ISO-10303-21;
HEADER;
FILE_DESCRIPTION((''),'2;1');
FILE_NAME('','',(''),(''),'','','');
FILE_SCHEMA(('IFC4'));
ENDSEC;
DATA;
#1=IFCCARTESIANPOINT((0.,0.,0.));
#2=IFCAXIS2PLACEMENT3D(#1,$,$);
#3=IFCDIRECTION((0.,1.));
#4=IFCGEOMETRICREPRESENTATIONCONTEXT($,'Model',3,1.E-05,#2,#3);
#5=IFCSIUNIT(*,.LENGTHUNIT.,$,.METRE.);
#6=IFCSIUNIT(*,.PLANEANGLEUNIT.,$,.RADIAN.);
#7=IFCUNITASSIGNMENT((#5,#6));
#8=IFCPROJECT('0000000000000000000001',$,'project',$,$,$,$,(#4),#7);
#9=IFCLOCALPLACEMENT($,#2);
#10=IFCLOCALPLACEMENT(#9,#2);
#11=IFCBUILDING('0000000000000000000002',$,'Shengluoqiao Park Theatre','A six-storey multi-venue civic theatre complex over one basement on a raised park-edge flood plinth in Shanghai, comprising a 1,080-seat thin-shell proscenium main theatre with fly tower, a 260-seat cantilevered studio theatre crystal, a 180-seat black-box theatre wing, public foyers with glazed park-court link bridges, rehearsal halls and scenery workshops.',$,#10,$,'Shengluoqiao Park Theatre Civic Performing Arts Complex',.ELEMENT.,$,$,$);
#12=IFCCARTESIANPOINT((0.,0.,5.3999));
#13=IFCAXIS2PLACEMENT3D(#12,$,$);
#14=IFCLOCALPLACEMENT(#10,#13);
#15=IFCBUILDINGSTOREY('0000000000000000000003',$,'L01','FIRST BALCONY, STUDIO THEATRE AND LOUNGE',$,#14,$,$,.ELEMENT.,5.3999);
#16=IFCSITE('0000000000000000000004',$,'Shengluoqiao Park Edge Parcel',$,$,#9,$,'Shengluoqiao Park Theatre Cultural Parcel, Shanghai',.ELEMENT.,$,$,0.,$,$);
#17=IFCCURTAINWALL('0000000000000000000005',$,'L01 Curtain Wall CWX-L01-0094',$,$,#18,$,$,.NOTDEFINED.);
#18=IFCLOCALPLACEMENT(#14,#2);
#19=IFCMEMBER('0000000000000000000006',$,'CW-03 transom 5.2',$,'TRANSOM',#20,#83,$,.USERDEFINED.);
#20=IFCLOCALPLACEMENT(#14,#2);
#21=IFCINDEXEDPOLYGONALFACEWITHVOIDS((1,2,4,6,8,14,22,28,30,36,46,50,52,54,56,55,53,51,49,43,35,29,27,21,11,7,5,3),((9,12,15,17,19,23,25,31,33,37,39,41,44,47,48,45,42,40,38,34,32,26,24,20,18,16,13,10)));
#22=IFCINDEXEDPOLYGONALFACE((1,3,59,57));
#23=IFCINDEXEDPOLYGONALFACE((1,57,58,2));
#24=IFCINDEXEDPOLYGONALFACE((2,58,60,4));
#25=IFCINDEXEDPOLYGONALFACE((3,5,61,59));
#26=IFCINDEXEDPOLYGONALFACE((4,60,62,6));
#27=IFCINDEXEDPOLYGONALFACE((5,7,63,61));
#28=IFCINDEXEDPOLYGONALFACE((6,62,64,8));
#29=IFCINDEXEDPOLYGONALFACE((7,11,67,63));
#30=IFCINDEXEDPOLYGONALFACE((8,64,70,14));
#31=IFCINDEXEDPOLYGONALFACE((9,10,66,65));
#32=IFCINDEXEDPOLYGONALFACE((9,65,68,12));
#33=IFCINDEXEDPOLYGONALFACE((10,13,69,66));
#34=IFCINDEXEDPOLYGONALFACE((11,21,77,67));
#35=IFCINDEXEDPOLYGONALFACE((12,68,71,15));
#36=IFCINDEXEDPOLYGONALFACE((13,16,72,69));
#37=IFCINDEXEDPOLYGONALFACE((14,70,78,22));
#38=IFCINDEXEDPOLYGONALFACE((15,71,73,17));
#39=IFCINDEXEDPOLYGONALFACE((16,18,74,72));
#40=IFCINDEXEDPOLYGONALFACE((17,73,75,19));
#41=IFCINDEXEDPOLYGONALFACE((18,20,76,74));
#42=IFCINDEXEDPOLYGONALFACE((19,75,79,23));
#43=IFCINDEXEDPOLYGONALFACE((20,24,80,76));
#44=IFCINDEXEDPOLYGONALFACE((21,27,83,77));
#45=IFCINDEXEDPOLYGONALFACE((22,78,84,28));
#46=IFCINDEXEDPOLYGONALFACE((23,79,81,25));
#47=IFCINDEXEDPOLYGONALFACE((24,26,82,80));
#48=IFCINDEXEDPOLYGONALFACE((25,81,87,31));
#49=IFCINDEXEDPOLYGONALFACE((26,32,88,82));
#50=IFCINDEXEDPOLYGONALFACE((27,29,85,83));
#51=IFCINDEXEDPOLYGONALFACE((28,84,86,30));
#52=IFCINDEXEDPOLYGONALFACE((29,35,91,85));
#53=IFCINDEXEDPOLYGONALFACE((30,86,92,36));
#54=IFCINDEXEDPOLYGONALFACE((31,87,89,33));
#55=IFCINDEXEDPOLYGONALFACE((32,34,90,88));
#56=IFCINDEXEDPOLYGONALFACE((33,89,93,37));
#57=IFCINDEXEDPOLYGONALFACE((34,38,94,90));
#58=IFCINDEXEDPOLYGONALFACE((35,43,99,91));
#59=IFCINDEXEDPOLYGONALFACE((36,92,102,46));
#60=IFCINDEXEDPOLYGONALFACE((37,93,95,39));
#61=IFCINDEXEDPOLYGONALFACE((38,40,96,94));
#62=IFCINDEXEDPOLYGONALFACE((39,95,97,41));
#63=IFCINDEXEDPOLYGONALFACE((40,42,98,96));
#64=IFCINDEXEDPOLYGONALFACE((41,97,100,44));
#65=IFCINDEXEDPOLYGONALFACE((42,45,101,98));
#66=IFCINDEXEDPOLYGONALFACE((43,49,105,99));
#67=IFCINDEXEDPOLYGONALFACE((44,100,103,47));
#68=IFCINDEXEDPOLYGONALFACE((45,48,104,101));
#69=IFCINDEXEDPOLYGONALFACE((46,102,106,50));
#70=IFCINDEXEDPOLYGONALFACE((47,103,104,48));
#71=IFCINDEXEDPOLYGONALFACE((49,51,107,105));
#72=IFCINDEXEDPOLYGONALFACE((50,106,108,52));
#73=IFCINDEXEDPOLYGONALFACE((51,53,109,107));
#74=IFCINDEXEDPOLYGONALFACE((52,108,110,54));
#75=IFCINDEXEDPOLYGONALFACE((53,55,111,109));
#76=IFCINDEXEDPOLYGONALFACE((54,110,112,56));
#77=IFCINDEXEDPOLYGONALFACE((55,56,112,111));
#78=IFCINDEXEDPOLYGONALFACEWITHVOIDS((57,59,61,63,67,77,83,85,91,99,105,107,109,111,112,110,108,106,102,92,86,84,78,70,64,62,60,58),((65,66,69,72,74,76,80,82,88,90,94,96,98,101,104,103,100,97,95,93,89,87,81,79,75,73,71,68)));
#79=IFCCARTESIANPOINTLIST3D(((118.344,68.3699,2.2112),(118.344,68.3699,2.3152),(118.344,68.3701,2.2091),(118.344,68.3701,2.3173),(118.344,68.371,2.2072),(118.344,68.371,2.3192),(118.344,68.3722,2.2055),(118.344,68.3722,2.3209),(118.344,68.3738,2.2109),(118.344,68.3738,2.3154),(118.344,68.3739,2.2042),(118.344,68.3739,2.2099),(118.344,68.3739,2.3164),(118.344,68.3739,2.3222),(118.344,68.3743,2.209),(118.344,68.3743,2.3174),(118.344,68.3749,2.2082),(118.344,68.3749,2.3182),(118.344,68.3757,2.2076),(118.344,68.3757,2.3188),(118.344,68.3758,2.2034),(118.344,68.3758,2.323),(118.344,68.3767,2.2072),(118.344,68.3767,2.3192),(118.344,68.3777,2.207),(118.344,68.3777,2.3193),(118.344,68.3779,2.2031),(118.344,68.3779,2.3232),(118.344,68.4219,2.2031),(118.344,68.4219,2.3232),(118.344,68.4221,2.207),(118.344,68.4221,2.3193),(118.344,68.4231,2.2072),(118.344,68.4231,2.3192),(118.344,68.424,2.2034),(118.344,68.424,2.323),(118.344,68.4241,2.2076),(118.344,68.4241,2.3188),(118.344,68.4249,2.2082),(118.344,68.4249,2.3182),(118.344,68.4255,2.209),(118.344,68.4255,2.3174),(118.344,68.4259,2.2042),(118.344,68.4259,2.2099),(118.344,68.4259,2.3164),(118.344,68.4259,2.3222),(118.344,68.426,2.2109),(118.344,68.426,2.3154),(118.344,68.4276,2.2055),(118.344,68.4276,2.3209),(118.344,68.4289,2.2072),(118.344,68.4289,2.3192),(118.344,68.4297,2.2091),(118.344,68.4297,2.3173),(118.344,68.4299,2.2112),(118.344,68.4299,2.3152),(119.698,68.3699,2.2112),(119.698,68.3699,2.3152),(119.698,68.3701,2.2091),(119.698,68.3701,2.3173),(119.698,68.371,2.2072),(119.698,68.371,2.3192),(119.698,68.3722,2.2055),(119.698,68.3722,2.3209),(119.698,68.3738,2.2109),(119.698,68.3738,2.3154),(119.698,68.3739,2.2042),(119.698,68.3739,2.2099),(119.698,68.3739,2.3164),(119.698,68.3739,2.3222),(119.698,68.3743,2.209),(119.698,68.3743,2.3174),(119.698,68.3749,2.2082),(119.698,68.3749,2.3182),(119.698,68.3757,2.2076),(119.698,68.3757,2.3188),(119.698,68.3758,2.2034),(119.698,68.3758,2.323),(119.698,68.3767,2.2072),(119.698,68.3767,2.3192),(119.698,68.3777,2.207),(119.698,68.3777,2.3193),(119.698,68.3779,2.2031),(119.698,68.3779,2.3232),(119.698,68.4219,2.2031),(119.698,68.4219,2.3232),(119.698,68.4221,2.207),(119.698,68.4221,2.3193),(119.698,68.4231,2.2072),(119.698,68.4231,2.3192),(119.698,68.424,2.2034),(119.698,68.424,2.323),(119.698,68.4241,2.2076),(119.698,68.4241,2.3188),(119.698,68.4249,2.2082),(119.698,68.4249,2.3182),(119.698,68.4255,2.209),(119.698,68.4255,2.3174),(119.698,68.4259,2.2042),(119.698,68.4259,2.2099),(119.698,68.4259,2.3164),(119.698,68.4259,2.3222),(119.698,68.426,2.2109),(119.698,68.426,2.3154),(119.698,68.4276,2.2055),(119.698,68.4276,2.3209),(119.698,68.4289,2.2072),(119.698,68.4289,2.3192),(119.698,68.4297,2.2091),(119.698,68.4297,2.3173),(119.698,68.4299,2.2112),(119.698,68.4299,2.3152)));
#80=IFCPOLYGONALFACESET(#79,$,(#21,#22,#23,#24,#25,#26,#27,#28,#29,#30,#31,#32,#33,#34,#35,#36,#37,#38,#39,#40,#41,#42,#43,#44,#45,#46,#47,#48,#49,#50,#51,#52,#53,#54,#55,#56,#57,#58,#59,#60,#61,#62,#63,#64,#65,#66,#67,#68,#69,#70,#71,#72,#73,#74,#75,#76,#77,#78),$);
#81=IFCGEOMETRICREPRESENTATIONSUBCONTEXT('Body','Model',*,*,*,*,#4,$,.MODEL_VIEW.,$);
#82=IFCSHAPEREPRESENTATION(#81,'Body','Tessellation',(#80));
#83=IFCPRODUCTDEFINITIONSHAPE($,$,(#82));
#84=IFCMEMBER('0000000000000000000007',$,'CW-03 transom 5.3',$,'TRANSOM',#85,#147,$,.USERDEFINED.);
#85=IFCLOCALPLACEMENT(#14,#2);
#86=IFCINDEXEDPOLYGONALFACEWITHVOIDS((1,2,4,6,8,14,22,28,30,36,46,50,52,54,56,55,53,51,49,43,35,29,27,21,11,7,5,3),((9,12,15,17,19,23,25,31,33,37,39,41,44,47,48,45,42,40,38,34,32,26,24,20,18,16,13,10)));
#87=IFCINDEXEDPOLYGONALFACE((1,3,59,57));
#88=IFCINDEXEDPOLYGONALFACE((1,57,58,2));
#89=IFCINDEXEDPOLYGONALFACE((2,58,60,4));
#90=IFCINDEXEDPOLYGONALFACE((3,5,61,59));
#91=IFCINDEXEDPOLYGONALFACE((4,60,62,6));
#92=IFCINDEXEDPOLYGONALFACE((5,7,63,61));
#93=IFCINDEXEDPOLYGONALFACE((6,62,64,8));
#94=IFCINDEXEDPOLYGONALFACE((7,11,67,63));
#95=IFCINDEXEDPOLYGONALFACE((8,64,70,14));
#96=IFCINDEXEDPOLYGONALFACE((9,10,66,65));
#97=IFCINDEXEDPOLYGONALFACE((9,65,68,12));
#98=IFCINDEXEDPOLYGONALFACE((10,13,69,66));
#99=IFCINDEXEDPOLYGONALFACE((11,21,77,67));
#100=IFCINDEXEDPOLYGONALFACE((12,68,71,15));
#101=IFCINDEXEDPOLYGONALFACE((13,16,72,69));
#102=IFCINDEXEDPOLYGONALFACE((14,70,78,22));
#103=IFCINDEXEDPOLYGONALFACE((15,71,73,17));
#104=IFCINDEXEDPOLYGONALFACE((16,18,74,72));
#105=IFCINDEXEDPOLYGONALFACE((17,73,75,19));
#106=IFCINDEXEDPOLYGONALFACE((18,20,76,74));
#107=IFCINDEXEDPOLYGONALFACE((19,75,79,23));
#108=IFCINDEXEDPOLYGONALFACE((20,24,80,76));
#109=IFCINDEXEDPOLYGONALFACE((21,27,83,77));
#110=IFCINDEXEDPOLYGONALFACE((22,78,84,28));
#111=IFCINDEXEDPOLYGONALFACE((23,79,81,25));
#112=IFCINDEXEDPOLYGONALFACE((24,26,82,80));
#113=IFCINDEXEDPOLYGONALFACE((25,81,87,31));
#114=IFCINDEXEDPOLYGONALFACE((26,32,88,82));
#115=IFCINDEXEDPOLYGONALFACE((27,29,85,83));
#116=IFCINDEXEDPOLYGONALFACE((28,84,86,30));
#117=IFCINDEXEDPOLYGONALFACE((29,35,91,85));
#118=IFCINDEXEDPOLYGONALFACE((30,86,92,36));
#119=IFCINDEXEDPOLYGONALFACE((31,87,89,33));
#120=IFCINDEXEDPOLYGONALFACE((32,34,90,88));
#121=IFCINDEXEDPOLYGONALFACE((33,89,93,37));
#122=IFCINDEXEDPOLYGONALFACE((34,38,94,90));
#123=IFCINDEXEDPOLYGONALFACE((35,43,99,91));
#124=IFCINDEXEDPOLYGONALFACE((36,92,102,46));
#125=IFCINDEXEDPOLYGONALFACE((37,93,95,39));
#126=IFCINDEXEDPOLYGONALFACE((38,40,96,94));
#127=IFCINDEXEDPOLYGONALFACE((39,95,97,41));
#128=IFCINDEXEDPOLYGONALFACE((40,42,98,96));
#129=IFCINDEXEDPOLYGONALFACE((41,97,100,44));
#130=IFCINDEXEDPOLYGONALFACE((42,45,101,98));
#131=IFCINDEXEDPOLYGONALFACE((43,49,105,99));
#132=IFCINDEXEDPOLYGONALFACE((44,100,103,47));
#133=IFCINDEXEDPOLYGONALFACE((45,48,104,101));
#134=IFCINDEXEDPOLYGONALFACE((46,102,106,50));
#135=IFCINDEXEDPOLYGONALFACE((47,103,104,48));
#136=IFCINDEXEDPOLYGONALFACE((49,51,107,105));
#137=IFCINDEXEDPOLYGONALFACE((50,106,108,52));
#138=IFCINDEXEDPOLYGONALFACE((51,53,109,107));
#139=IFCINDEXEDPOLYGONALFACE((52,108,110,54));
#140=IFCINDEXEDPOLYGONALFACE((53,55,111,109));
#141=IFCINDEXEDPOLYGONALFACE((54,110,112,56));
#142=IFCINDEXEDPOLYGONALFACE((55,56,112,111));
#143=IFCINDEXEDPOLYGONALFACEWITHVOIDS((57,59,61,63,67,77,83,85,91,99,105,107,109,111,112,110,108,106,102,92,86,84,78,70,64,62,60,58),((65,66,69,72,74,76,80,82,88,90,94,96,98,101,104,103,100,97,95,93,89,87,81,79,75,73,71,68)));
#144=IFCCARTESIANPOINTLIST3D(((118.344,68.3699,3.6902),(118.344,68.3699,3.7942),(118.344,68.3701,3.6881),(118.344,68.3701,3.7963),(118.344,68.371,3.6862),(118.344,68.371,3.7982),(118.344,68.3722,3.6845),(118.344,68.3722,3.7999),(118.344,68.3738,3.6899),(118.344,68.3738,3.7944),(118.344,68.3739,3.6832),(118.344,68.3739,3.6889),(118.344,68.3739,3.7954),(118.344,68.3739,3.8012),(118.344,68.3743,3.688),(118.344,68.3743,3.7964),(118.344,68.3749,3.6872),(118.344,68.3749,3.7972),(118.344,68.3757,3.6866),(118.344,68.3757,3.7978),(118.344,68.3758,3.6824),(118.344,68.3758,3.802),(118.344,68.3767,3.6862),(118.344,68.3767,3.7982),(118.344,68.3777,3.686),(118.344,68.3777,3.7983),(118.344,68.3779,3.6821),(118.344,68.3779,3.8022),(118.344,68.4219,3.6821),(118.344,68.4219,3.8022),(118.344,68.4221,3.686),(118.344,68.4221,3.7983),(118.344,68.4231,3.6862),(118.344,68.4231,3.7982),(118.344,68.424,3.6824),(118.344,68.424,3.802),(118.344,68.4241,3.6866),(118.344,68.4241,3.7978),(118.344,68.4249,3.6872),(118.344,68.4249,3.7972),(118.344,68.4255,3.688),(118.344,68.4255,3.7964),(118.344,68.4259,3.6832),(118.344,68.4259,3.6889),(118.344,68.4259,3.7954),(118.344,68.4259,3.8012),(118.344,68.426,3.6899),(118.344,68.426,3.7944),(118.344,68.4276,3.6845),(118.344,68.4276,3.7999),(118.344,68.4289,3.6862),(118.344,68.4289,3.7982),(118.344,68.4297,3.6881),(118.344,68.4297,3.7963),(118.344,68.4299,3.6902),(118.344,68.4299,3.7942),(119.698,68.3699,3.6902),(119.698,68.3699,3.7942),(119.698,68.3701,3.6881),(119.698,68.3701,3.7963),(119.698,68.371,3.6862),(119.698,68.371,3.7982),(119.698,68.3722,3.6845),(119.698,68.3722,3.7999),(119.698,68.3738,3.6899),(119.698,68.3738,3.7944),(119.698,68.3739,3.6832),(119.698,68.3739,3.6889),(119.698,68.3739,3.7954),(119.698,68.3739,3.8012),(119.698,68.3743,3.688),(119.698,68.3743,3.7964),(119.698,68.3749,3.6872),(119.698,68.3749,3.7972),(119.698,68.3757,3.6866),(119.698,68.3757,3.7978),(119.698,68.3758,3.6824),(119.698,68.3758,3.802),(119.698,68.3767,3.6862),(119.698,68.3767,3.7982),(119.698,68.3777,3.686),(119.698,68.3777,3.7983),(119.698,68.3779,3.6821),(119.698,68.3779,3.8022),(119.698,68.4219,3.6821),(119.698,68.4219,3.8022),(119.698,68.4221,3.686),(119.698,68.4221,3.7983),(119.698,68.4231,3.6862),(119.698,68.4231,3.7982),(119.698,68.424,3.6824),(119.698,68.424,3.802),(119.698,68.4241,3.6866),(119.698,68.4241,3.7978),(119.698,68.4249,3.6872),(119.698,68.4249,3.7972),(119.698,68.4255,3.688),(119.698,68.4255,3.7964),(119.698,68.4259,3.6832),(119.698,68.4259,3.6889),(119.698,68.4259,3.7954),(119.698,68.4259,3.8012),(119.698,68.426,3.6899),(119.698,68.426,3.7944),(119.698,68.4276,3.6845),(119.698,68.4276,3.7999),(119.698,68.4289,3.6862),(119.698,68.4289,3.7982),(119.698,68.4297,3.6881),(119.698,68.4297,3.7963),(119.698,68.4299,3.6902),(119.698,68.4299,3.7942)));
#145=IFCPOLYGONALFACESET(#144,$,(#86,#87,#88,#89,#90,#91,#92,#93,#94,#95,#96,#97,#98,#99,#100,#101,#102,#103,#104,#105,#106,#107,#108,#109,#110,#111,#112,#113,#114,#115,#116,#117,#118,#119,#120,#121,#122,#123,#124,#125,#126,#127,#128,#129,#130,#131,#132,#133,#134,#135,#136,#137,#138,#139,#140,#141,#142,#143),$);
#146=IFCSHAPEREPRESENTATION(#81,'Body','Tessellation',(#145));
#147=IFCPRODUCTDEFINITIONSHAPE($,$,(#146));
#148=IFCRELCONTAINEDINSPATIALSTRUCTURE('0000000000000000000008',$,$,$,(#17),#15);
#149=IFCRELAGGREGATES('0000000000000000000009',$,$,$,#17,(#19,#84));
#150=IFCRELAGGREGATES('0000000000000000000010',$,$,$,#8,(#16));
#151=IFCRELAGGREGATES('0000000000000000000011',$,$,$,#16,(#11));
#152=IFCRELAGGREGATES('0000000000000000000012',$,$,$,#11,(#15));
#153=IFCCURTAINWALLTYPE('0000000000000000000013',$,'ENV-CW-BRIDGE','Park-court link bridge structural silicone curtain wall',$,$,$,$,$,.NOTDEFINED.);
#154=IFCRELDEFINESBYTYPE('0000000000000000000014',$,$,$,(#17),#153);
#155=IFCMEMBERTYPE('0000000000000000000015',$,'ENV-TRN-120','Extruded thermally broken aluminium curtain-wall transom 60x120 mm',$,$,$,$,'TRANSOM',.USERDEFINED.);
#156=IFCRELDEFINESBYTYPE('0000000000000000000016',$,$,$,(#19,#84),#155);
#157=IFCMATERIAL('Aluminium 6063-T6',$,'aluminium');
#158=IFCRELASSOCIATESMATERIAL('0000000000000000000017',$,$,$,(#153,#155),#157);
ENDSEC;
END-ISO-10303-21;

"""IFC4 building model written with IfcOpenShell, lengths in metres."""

from ifc_helpers import new_model, si_unit, direction, frame, origin, origin_2d, place, context, subcontext, project, spatial, hollow_rectangle, extrude, material, material_profile, profile_set, type_object, element, aggregate, save


model = new_model("IFC4")

# Units and contexts
model_context = context("Model", 3, precision=1e-05, world=origin(), true_north=direction((0.0, 1.0)))
body_context = subcontext(model_context, "Body", "Model", "MODEL_VIEW")
ifc_project = project(units=[si_unit("LENGTHUNIT", "METRE"), si_unit("PLANEANGLEUNIT", "RADIAN")], contexts=[model_context])

# Site, building, storey
site_placement = place(None, origin())
site = spatial("IfcSite", under=ifc_project, at=site_placement, Name="Shengluoqiao Park Edge Parcel", LongName="Shengluoqiao Park Theatre Cultural Parcel, Shanghai", CompositionType="ELEMENT", RefElevation=0.0)
building_placement = place(site_placement, origin())
building = spatial("IfcBuilding", under=site, at=building_placement, Name="Shengluoqiao Park Theatre", Description="A six-storey multi-venue civic theatre complex over one basement on a raised park-edge flood plinth in Shanghai, comprising a 1,080-seat thin-shell proscenium main theatre with fly tower, a 260-seat cantilevered studio theatre crystal, a 180-seat black-box theatre wing, public foyers with glazed park-court link bridges, rehearsal halls and scenery workshops.", LongName="Shengluoqiao Park Theatre Civic Performing Arts Complex", CompositionType="ELEMENT")
storey_placement = place(building_placement, frame((0.0, 0.0, 5.3999)))
storey = spatial("IfcBuildingStorey", under=building, at=storey_placement, Name="L01", Description="FIRST BALCONY, STUDIO THEATRE AND LOUNGE", CompositionType="ELEMENT", Elevation=5.3999)

# Curtain wall, members
ifc_material_1 = material(Name="Aluminium 6063-T6", Category="aluminium")
curtain_wall_type = type_object("IfcCurtainWallType", Name="ENV-CW-BRIDGE", Description="Park-court link bridge structural silicone curtain wall", PredefinedType="NOTDEFINED", material=ifc_material_1)
curtain_wall_placement = place(storey_placement, origin())
curtain_wall = element("IfcCurtainWall", 1, at=curtain_wall_placement, inside=storey, type_object=curtain_wall_type, Name="L01 Curtain Wall CWX-L01-0094", PredefinedType="NOTDEFINED")
ifc_material_profile_1 = material_profile(ifc_material_1, hollow_rectangle(XDim=0.0601, YDim=0.1201, WallThickness=0.0039, InnerFilletRadius=0.0039, OuterFilletRadius=0.0081, at=origin_2d()), Name="ALU TRANSOM 120x60x4")
ifc_profile_set_1 = profile_set([ifc_material_profile_1], Name="Aluminium 6063-T6")
member_type_1 = type_object("IfcMemberType", Name="ENV-TRN-120", Description="Extruded thermally broken aluminium curtain-wall transom 60x120 mm", ElementType="TRANSOM", PredefinedType="USERDEFINED", material=ifc_profile_set_1)
member_1_placement = place(storey_placement, frame((118.344, 68.3999, 2.2632), z_axis=(1.0, 0.0, 0.0), x_axis=(0.0, 1.0, 0.0)))
member_1 = element("IfcMember", 2, at=member_1_placement, type_object=member_type_1, Name="CW-03 transom 5.2", ObjectType="TRANSOM", PredefinedType="USERDEFINED", context=body_context, shape_type="SweptSolid", body=[
    extrude(hollow_rectangle(XDim=0.0601, YDim=0.1201, WallThickness=0.0039, InnerFilletRadius=0.0039, OuterFilletRadius=0.0081, at=origin_2d()), origin(), (0.0, 0.0, 1.0), 1.354),
])
member_2_placement = place(storey_placement, frame((118.344, 68.3999, 3.7422), z_axis=(1.0, 0.0, 0.0), x_axis=(0.0, 1.0, 0.0)))
member_2 = element("IfcMember", 3, at=member_2_placement, type_object=member_type_1, Name="CW-03 transom 5.3", ObjectType="TRANSOM", PredefinedType="USERDEFINED", context=body_context, shape_type="SweptSolid", body=[
    extrude(hollow_rectangle(XDim=0.0601, YDim=0.1201, WallThickness=0.0039, InnerFilletRadius=0.0039, OuterFilletRadius=0.0081, at=origin_2d()), origin(), (0.0, 0.0, 1.0), 1.354),
])

aggregate(curtain_wall, [member_1, member_2])

save(model, "model.ifc")
